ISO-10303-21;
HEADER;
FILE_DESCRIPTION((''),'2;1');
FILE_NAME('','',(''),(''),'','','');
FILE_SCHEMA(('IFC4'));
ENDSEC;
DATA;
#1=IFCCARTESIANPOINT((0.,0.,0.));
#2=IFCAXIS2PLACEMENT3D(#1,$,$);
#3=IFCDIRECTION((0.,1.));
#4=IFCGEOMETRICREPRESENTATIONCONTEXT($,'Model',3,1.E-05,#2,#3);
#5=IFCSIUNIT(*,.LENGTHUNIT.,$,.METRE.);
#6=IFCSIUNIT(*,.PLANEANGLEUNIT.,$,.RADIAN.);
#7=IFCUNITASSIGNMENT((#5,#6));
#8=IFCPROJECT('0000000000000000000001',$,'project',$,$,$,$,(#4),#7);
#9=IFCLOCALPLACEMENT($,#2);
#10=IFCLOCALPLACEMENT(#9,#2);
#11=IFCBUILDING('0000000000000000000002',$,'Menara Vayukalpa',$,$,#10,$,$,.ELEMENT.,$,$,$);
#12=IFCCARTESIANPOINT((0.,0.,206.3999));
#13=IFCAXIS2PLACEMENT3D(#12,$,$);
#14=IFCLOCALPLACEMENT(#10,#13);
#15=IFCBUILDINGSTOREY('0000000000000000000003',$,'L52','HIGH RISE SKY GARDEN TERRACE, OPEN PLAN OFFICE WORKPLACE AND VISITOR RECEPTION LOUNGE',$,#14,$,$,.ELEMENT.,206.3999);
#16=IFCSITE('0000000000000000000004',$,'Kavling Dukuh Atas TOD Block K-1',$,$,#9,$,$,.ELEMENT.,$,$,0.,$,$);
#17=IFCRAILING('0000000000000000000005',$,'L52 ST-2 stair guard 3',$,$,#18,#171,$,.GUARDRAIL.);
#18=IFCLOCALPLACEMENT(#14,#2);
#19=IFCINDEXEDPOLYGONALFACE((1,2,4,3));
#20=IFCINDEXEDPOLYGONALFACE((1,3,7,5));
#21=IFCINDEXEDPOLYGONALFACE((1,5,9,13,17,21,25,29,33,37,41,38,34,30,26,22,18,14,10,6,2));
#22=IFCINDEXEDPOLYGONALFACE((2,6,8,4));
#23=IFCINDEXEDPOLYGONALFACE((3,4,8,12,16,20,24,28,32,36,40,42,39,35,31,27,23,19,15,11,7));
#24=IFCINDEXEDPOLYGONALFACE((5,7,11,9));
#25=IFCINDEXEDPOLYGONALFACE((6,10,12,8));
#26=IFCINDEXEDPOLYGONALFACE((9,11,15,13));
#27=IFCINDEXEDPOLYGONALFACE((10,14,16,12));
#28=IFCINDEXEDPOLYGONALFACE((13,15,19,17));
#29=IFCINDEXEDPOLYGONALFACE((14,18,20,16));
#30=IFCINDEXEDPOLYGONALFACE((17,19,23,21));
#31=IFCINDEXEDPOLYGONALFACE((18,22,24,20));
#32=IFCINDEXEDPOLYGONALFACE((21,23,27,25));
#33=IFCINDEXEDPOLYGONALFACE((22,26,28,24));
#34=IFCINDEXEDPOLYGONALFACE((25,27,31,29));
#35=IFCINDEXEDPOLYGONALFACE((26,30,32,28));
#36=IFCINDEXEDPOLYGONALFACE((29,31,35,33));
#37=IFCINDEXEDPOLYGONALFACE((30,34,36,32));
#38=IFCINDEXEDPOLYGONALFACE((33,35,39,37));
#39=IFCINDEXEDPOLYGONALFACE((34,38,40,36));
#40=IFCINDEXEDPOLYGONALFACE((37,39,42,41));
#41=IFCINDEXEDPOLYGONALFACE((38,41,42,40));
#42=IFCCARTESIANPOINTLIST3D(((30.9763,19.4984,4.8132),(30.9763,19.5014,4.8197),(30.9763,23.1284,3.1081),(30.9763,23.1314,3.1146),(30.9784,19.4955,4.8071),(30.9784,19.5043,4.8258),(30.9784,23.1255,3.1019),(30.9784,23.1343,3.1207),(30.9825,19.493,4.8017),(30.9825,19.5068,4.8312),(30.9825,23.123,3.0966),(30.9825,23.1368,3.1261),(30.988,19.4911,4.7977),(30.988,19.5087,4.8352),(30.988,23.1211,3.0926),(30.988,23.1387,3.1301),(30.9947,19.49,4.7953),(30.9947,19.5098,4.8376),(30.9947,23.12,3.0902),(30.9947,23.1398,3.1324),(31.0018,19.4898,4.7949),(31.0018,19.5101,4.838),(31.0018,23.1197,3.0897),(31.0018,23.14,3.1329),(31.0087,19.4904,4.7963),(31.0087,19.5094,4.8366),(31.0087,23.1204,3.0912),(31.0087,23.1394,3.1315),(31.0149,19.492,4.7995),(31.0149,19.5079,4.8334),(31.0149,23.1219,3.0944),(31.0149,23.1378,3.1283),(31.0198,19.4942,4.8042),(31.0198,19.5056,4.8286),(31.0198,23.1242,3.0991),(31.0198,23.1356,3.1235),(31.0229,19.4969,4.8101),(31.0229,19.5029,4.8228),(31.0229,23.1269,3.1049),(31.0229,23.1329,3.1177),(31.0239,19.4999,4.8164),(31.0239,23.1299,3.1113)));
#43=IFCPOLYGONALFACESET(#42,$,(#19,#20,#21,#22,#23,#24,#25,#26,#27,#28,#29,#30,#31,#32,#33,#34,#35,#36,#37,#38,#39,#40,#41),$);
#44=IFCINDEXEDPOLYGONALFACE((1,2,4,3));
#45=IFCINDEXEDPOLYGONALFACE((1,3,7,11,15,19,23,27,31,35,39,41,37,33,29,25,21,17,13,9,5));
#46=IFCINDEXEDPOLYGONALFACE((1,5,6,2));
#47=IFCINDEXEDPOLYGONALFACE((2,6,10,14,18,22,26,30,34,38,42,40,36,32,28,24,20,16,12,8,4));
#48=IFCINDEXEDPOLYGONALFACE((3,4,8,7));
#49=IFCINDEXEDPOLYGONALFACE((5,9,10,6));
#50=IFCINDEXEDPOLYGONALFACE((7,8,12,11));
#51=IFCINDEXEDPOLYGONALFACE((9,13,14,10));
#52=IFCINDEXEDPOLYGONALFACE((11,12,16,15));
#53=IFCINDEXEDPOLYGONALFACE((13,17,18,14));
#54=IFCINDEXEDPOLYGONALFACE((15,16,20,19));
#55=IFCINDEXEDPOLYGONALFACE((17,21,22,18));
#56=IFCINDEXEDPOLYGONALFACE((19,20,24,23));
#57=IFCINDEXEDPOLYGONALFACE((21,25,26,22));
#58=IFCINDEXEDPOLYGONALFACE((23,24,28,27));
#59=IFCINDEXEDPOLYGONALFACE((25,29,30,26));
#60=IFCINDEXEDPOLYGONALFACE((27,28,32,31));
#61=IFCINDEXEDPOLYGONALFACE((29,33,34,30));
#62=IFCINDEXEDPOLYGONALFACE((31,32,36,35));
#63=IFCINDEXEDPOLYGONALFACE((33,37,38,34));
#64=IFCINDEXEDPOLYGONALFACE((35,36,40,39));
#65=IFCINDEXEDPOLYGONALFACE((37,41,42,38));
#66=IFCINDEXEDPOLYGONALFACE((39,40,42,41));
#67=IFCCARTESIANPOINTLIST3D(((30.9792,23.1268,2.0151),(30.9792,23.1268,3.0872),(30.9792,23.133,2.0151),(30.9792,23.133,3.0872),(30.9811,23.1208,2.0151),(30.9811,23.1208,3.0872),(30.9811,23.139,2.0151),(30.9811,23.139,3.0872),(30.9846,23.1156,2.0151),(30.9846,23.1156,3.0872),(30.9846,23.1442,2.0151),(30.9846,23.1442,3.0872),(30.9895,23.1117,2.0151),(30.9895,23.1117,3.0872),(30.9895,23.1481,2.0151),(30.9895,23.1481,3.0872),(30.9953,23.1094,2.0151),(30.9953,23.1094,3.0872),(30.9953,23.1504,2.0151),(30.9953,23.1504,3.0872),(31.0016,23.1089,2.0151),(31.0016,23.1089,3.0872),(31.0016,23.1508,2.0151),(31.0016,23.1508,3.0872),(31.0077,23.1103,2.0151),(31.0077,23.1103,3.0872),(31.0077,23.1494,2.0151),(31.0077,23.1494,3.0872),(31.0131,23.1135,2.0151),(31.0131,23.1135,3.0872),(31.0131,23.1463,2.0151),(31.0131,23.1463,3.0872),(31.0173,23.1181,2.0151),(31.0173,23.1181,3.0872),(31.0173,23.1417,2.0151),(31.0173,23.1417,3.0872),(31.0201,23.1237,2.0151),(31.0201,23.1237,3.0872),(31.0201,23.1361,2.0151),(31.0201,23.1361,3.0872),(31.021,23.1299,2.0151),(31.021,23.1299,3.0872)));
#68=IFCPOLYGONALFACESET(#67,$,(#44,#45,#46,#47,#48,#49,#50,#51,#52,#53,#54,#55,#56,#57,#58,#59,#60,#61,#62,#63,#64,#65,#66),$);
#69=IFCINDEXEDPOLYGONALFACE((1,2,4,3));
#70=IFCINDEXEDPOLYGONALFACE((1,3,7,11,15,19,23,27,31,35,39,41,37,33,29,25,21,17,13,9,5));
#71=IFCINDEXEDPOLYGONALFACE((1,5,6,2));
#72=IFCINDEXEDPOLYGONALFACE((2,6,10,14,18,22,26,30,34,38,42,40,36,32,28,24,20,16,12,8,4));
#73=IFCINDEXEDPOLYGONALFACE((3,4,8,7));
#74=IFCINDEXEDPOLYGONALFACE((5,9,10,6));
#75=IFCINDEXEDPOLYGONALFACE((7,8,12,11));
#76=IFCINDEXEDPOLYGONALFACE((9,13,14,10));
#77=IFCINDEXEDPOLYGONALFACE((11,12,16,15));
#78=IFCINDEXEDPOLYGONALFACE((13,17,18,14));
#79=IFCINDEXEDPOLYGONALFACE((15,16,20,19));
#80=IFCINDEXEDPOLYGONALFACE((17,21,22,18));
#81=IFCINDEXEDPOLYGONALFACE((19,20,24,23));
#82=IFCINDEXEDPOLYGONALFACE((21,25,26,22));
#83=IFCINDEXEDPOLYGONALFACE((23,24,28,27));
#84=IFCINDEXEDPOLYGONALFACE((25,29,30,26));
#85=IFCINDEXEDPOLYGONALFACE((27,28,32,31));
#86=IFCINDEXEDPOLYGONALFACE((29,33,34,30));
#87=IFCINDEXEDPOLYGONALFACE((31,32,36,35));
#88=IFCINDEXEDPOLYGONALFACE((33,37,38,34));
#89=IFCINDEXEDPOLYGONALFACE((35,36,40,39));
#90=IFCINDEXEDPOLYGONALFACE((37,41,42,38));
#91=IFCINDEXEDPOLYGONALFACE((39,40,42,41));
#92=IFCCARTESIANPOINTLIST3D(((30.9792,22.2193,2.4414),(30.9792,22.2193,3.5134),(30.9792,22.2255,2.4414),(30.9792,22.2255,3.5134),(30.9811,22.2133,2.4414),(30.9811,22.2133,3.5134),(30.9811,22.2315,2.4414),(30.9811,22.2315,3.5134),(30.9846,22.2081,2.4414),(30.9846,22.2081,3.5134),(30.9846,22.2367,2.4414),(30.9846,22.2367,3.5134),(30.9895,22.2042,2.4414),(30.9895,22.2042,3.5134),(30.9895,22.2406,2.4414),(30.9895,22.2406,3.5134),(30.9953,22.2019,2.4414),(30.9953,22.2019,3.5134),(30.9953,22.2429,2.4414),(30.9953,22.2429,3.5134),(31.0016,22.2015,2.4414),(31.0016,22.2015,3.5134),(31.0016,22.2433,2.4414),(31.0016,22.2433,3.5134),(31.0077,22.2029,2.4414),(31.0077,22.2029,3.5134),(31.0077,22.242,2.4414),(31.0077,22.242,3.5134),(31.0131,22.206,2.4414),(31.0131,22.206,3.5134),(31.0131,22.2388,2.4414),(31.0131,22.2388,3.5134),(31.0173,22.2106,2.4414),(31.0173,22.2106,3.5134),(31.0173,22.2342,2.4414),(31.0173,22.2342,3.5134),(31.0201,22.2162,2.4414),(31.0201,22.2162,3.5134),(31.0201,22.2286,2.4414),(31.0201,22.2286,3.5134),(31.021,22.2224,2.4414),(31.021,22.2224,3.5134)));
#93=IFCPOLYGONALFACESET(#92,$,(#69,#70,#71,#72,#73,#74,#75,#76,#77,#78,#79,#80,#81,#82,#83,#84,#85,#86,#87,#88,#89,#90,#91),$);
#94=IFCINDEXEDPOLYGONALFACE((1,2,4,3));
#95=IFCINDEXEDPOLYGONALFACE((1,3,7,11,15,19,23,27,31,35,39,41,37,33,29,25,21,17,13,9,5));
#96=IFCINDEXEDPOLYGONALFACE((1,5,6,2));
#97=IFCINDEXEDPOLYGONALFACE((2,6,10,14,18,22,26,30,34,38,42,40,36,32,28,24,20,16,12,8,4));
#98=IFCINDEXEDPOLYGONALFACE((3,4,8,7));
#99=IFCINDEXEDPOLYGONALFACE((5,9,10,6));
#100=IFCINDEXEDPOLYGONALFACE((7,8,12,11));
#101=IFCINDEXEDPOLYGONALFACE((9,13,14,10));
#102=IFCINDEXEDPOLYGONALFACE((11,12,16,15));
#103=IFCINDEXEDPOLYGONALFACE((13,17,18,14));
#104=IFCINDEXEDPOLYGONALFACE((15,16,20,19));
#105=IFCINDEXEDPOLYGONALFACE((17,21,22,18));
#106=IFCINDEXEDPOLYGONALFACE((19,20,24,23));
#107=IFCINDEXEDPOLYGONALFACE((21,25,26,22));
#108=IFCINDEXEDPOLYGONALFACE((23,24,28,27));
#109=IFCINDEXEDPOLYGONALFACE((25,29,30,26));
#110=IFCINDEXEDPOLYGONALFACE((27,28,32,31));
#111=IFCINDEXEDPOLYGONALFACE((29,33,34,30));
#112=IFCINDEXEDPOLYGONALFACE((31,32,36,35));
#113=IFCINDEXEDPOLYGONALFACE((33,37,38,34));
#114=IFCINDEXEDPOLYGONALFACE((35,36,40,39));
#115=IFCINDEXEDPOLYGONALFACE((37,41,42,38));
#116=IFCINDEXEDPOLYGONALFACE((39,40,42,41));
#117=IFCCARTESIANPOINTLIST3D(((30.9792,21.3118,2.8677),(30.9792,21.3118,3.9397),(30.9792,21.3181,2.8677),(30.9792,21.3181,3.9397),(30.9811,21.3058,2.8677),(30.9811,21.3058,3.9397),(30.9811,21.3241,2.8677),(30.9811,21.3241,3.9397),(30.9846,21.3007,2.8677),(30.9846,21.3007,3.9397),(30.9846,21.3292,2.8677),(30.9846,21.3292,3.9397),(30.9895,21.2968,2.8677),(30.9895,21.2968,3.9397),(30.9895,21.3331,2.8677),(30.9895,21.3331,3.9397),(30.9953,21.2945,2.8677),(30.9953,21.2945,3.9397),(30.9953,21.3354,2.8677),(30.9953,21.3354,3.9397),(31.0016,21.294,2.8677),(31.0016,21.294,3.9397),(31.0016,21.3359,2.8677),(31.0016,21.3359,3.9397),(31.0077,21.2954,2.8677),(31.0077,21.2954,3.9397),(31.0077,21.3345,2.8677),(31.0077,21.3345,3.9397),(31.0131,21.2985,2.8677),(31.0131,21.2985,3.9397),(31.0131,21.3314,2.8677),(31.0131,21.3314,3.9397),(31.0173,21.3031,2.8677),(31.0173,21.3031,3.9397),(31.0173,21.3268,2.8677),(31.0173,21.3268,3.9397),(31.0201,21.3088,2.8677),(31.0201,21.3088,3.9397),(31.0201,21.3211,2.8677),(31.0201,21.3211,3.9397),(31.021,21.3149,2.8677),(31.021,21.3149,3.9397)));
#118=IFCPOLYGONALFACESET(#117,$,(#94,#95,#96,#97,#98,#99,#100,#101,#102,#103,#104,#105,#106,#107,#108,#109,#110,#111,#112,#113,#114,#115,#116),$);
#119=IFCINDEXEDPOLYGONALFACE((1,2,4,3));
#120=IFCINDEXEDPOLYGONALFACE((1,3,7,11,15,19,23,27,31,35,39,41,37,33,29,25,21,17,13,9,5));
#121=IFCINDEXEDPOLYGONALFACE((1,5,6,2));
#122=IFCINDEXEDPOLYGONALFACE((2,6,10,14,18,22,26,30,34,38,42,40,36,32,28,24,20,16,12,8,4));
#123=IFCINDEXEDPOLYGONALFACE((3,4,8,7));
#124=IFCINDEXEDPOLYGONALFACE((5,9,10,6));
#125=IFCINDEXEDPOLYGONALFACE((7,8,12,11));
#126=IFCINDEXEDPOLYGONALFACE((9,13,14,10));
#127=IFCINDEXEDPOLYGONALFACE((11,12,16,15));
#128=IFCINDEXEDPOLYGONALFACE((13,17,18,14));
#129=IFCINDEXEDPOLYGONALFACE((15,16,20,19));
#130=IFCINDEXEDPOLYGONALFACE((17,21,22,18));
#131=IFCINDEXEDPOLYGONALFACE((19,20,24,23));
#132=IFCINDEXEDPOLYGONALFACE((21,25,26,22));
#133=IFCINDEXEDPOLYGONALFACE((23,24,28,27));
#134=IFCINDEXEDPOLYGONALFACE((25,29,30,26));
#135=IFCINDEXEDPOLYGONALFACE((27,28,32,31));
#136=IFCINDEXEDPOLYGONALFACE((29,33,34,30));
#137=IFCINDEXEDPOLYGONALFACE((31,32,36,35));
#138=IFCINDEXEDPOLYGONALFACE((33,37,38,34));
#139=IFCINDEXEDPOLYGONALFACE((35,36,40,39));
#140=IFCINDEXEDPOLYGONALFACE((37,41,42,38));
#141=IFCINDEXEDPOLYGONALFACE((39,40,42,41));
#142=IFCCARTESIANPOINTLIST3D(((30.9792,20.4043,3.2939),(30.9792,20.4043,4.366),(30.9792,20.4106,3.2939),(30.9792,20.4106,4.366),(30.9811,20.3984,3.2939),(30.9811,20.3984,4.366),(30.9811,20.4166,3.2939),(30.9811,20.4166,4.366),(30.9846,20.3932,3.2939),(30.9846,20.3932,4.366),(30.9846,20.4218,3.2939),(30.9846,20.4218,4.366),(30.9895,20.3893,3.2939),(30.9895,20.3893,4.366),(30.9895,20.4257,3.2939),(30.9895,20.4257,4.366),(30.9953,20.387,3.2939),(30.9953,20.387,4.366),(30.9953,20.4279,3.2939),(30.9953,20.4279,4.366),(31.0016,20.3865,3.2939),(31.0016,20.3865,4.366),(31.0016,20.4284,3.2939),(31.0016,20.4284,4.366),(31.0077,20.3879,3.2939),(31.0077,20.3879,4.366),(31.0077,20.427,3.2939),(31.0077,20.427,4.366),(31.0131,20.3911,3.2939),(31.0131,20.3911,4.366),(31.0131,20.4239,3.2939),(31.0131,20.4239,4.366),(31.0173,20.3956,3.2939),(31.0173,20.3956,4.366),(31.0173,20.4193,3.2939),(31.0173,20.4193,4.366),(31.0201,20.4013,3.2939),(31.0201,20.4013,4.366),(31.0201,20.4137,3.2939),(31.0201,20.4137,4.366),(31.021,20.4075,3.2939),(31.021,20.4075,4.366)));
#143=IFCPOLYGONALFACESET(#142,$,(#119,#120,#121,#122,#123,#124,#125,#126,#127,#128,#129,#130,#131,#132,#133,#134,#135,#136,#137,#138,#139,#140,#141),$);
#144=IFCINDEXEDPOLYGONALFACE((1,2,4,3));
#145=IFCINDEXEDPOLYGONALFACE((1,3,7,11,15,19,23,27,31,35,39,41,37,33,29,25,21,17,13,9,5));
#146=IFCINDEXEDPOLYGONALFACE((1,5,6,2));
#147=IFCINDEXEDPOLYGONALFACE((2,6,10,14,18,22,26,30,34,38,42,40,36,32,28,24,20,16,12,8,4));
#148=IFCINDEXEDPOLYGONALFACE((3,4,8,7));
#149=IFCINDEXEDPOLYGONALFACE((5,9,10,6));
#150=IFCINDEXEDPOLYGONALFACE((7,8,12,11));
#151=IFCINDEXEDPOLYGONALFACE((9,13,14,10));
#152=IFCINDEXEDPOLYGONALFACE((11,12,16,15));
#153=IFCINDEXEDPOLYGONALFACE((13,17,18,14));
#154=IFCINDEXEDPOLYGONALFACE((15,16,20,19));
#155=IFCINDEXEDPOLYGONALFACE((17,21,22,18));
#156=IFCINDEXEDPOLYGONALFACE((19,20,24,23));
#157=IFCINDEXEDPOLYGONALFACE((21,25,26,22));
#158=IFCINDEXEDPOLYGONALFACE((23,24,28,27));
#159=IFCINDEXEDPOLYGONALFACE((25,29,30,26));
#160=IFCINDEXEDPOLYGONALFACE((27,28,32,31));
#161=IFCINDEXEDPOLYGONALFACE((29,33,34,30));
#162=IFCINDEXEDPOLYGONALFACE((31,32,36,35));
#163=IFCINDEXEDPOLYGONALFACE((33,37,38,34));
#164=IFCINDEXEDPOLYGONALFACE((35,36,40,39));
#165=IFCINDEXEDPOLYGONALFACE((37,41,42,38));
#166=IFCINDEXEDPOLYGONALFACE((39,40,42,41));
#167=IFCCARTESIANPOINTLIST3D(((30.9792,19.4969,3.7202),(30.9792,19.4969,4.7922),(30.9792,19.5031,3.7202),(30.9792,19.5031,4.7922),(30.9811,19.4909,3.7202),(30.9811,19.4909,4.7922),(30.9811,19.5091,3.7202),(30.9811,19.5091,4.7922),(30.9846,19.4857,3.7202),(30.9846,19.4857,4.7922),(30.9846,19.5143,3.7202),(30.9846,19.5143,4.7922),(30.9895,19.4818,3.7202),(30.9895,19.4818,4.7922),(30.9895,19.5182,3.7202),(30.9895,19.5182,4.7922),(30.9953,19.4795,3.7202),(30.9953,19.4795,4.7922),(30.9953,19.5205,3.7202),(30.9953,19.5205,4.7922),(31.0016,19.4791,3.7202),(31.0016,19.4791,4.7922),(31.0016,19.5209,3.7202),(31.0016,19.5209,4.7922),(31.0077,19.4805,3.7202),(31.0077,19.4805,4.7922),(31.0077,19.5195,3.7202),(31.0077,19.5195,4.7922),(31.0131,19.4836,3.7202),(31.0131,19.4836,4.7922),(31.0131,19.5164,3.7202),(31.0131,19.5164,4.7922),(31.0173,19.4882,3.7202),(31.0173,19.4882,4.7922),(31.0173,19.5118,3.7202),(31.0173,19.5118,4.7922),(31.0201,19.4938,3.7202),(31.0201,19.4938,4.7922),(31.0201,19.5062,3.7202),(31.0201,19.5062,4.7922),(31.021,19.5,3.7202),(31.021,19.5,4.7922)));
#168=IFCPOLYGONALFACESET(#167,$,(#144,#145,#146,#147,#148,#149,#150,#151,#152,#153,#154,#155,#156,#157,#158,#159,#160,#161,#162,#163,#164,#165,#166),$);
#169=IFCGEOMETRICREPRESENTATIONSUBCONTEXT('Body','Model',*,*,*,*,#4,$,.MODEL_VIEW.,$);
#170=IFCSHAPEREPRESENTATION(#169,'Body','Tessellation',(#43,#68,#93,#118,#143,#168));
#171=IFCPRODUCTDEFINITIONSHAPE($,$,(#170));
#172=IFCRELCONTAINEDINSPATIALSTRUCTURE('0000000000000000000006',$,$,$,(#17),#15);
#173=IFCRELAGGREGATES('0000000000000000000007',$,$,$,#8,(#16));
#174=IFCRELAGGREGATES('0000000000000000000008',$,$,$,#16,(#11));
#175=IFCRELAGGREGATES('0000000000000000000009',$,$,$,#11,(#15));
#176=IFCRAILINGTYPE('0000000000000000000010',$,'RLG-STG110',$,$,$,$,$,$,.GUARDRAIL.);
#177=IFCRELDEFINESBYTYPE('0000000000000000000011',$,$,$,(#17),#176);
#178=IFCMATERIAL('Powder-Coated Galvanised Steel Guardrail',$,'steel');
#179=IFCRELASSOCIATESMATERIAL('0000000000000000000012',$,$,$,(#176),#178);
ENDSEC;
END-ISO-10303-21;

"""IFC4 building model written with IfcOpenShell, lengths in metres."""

from ifc_helpers import new_model, si_unit, direction, frame, origin, origin_2d, place, context, subcontext, project, spatial, circle, extrude, material, type_object, element, save


model = new_model("IFC4")

# Units and contexts
model_context = context("Model", 3, precision=1e-05, world=origin(), true_north=direction((0.0, 1.0)))
body_context = subcontext(model_context, "Body", "Model", "MODEL_VIEW")
ifc_project = project(units=[si_unit("LENGTHUNIT", "METRE"), si_unit("PLANEANGLEUNIT", "RADIAN")], contexts=[model_context])

# Site, building, storey
site_placement = place(None, origin())
site = spatial("IfcSite", under=ifc_project, at=site_placement, Name="Kavling Dukuh Atas TOD Block K-1", CompositionType="ELEMENT", RefElevation=0.0)
building_placement = place(site_placement, origin())
building = spatial("IfcBuilding", under=site, at=building_placement, Name="Menara Vayukalpa", CompositionType="ELEMENT")
storey_placement = place(building_placement, frame((0.0, 0.0, 206.3999)))
storey = spatial("IfcBuildingStorey", under=building, at=storey_placement, Name="L52", Description="HIGH RISE SKY GARDEN TERRACE, OPEN PLAN OFFICE WORKPLACE AND VISITOR RECEPTION LOUNGE", CompositionType="ELEMENT", Elevation=206.3999)

# Railing
ifc_material_1 = material(Name="Powder-Coated Galvanised Steel Guardrail", Category="steel")
railing_type_1 = type_object("IfcRailingType", Name="RLG-STG110", PredefinedType="GUARDRAIL", material=ifc_material_1)
railing_1_placement = place(storey_placement, frame((31.0, 23.1299, 2.0151)))
element("IfcRailing", 1, at=railing_1_placement, inside=storey, type_object=railing_type_1, Name="L52 ST-2 stair guard 3", PredefinedType="GUARDRAIL", context=body_context, shape_type="SweptSolid", body=[
    extrude(circle(Radius=0.0239, at=origin_2d()), frame((0.0, 0.0, 1.0962), z_axis=(0.0, -0.905116, 0.425164), x_axis=(1.0, 0.0, 0.0)), (0.0, 0.0, 1.0), 4.0105),
    extrude(circle(Radius=0.021, at=origin_2d()), origin(), (0.0, 0.0, 1.0), 1.072),
    extrude(circle(Radius=0.021, at=origin_2d()), frame((0.0, -0.9075, 0.4263)), (0.0, 0.0, 1.0), 1.072),
    extrude(circle(Radius=0.021, at=origin_2d()), frame((0.0, -1.8149, 0.8525)), (0.0, 0.0, 1.0), 1.072),
    extrude(circle(Radius=0.021, at=origin_2d()), frame((0.0, -2.7224, 1.2788)), (0.0, 0.0, 1.0), 1.072),
    extrude(circle(Radius=0.021, at=origin_2d()), frame((0.0, -3.6299, 1.7051)), (0.0, 0.0, 1.0), 1.072),
])

save(model, "model.ifc")
